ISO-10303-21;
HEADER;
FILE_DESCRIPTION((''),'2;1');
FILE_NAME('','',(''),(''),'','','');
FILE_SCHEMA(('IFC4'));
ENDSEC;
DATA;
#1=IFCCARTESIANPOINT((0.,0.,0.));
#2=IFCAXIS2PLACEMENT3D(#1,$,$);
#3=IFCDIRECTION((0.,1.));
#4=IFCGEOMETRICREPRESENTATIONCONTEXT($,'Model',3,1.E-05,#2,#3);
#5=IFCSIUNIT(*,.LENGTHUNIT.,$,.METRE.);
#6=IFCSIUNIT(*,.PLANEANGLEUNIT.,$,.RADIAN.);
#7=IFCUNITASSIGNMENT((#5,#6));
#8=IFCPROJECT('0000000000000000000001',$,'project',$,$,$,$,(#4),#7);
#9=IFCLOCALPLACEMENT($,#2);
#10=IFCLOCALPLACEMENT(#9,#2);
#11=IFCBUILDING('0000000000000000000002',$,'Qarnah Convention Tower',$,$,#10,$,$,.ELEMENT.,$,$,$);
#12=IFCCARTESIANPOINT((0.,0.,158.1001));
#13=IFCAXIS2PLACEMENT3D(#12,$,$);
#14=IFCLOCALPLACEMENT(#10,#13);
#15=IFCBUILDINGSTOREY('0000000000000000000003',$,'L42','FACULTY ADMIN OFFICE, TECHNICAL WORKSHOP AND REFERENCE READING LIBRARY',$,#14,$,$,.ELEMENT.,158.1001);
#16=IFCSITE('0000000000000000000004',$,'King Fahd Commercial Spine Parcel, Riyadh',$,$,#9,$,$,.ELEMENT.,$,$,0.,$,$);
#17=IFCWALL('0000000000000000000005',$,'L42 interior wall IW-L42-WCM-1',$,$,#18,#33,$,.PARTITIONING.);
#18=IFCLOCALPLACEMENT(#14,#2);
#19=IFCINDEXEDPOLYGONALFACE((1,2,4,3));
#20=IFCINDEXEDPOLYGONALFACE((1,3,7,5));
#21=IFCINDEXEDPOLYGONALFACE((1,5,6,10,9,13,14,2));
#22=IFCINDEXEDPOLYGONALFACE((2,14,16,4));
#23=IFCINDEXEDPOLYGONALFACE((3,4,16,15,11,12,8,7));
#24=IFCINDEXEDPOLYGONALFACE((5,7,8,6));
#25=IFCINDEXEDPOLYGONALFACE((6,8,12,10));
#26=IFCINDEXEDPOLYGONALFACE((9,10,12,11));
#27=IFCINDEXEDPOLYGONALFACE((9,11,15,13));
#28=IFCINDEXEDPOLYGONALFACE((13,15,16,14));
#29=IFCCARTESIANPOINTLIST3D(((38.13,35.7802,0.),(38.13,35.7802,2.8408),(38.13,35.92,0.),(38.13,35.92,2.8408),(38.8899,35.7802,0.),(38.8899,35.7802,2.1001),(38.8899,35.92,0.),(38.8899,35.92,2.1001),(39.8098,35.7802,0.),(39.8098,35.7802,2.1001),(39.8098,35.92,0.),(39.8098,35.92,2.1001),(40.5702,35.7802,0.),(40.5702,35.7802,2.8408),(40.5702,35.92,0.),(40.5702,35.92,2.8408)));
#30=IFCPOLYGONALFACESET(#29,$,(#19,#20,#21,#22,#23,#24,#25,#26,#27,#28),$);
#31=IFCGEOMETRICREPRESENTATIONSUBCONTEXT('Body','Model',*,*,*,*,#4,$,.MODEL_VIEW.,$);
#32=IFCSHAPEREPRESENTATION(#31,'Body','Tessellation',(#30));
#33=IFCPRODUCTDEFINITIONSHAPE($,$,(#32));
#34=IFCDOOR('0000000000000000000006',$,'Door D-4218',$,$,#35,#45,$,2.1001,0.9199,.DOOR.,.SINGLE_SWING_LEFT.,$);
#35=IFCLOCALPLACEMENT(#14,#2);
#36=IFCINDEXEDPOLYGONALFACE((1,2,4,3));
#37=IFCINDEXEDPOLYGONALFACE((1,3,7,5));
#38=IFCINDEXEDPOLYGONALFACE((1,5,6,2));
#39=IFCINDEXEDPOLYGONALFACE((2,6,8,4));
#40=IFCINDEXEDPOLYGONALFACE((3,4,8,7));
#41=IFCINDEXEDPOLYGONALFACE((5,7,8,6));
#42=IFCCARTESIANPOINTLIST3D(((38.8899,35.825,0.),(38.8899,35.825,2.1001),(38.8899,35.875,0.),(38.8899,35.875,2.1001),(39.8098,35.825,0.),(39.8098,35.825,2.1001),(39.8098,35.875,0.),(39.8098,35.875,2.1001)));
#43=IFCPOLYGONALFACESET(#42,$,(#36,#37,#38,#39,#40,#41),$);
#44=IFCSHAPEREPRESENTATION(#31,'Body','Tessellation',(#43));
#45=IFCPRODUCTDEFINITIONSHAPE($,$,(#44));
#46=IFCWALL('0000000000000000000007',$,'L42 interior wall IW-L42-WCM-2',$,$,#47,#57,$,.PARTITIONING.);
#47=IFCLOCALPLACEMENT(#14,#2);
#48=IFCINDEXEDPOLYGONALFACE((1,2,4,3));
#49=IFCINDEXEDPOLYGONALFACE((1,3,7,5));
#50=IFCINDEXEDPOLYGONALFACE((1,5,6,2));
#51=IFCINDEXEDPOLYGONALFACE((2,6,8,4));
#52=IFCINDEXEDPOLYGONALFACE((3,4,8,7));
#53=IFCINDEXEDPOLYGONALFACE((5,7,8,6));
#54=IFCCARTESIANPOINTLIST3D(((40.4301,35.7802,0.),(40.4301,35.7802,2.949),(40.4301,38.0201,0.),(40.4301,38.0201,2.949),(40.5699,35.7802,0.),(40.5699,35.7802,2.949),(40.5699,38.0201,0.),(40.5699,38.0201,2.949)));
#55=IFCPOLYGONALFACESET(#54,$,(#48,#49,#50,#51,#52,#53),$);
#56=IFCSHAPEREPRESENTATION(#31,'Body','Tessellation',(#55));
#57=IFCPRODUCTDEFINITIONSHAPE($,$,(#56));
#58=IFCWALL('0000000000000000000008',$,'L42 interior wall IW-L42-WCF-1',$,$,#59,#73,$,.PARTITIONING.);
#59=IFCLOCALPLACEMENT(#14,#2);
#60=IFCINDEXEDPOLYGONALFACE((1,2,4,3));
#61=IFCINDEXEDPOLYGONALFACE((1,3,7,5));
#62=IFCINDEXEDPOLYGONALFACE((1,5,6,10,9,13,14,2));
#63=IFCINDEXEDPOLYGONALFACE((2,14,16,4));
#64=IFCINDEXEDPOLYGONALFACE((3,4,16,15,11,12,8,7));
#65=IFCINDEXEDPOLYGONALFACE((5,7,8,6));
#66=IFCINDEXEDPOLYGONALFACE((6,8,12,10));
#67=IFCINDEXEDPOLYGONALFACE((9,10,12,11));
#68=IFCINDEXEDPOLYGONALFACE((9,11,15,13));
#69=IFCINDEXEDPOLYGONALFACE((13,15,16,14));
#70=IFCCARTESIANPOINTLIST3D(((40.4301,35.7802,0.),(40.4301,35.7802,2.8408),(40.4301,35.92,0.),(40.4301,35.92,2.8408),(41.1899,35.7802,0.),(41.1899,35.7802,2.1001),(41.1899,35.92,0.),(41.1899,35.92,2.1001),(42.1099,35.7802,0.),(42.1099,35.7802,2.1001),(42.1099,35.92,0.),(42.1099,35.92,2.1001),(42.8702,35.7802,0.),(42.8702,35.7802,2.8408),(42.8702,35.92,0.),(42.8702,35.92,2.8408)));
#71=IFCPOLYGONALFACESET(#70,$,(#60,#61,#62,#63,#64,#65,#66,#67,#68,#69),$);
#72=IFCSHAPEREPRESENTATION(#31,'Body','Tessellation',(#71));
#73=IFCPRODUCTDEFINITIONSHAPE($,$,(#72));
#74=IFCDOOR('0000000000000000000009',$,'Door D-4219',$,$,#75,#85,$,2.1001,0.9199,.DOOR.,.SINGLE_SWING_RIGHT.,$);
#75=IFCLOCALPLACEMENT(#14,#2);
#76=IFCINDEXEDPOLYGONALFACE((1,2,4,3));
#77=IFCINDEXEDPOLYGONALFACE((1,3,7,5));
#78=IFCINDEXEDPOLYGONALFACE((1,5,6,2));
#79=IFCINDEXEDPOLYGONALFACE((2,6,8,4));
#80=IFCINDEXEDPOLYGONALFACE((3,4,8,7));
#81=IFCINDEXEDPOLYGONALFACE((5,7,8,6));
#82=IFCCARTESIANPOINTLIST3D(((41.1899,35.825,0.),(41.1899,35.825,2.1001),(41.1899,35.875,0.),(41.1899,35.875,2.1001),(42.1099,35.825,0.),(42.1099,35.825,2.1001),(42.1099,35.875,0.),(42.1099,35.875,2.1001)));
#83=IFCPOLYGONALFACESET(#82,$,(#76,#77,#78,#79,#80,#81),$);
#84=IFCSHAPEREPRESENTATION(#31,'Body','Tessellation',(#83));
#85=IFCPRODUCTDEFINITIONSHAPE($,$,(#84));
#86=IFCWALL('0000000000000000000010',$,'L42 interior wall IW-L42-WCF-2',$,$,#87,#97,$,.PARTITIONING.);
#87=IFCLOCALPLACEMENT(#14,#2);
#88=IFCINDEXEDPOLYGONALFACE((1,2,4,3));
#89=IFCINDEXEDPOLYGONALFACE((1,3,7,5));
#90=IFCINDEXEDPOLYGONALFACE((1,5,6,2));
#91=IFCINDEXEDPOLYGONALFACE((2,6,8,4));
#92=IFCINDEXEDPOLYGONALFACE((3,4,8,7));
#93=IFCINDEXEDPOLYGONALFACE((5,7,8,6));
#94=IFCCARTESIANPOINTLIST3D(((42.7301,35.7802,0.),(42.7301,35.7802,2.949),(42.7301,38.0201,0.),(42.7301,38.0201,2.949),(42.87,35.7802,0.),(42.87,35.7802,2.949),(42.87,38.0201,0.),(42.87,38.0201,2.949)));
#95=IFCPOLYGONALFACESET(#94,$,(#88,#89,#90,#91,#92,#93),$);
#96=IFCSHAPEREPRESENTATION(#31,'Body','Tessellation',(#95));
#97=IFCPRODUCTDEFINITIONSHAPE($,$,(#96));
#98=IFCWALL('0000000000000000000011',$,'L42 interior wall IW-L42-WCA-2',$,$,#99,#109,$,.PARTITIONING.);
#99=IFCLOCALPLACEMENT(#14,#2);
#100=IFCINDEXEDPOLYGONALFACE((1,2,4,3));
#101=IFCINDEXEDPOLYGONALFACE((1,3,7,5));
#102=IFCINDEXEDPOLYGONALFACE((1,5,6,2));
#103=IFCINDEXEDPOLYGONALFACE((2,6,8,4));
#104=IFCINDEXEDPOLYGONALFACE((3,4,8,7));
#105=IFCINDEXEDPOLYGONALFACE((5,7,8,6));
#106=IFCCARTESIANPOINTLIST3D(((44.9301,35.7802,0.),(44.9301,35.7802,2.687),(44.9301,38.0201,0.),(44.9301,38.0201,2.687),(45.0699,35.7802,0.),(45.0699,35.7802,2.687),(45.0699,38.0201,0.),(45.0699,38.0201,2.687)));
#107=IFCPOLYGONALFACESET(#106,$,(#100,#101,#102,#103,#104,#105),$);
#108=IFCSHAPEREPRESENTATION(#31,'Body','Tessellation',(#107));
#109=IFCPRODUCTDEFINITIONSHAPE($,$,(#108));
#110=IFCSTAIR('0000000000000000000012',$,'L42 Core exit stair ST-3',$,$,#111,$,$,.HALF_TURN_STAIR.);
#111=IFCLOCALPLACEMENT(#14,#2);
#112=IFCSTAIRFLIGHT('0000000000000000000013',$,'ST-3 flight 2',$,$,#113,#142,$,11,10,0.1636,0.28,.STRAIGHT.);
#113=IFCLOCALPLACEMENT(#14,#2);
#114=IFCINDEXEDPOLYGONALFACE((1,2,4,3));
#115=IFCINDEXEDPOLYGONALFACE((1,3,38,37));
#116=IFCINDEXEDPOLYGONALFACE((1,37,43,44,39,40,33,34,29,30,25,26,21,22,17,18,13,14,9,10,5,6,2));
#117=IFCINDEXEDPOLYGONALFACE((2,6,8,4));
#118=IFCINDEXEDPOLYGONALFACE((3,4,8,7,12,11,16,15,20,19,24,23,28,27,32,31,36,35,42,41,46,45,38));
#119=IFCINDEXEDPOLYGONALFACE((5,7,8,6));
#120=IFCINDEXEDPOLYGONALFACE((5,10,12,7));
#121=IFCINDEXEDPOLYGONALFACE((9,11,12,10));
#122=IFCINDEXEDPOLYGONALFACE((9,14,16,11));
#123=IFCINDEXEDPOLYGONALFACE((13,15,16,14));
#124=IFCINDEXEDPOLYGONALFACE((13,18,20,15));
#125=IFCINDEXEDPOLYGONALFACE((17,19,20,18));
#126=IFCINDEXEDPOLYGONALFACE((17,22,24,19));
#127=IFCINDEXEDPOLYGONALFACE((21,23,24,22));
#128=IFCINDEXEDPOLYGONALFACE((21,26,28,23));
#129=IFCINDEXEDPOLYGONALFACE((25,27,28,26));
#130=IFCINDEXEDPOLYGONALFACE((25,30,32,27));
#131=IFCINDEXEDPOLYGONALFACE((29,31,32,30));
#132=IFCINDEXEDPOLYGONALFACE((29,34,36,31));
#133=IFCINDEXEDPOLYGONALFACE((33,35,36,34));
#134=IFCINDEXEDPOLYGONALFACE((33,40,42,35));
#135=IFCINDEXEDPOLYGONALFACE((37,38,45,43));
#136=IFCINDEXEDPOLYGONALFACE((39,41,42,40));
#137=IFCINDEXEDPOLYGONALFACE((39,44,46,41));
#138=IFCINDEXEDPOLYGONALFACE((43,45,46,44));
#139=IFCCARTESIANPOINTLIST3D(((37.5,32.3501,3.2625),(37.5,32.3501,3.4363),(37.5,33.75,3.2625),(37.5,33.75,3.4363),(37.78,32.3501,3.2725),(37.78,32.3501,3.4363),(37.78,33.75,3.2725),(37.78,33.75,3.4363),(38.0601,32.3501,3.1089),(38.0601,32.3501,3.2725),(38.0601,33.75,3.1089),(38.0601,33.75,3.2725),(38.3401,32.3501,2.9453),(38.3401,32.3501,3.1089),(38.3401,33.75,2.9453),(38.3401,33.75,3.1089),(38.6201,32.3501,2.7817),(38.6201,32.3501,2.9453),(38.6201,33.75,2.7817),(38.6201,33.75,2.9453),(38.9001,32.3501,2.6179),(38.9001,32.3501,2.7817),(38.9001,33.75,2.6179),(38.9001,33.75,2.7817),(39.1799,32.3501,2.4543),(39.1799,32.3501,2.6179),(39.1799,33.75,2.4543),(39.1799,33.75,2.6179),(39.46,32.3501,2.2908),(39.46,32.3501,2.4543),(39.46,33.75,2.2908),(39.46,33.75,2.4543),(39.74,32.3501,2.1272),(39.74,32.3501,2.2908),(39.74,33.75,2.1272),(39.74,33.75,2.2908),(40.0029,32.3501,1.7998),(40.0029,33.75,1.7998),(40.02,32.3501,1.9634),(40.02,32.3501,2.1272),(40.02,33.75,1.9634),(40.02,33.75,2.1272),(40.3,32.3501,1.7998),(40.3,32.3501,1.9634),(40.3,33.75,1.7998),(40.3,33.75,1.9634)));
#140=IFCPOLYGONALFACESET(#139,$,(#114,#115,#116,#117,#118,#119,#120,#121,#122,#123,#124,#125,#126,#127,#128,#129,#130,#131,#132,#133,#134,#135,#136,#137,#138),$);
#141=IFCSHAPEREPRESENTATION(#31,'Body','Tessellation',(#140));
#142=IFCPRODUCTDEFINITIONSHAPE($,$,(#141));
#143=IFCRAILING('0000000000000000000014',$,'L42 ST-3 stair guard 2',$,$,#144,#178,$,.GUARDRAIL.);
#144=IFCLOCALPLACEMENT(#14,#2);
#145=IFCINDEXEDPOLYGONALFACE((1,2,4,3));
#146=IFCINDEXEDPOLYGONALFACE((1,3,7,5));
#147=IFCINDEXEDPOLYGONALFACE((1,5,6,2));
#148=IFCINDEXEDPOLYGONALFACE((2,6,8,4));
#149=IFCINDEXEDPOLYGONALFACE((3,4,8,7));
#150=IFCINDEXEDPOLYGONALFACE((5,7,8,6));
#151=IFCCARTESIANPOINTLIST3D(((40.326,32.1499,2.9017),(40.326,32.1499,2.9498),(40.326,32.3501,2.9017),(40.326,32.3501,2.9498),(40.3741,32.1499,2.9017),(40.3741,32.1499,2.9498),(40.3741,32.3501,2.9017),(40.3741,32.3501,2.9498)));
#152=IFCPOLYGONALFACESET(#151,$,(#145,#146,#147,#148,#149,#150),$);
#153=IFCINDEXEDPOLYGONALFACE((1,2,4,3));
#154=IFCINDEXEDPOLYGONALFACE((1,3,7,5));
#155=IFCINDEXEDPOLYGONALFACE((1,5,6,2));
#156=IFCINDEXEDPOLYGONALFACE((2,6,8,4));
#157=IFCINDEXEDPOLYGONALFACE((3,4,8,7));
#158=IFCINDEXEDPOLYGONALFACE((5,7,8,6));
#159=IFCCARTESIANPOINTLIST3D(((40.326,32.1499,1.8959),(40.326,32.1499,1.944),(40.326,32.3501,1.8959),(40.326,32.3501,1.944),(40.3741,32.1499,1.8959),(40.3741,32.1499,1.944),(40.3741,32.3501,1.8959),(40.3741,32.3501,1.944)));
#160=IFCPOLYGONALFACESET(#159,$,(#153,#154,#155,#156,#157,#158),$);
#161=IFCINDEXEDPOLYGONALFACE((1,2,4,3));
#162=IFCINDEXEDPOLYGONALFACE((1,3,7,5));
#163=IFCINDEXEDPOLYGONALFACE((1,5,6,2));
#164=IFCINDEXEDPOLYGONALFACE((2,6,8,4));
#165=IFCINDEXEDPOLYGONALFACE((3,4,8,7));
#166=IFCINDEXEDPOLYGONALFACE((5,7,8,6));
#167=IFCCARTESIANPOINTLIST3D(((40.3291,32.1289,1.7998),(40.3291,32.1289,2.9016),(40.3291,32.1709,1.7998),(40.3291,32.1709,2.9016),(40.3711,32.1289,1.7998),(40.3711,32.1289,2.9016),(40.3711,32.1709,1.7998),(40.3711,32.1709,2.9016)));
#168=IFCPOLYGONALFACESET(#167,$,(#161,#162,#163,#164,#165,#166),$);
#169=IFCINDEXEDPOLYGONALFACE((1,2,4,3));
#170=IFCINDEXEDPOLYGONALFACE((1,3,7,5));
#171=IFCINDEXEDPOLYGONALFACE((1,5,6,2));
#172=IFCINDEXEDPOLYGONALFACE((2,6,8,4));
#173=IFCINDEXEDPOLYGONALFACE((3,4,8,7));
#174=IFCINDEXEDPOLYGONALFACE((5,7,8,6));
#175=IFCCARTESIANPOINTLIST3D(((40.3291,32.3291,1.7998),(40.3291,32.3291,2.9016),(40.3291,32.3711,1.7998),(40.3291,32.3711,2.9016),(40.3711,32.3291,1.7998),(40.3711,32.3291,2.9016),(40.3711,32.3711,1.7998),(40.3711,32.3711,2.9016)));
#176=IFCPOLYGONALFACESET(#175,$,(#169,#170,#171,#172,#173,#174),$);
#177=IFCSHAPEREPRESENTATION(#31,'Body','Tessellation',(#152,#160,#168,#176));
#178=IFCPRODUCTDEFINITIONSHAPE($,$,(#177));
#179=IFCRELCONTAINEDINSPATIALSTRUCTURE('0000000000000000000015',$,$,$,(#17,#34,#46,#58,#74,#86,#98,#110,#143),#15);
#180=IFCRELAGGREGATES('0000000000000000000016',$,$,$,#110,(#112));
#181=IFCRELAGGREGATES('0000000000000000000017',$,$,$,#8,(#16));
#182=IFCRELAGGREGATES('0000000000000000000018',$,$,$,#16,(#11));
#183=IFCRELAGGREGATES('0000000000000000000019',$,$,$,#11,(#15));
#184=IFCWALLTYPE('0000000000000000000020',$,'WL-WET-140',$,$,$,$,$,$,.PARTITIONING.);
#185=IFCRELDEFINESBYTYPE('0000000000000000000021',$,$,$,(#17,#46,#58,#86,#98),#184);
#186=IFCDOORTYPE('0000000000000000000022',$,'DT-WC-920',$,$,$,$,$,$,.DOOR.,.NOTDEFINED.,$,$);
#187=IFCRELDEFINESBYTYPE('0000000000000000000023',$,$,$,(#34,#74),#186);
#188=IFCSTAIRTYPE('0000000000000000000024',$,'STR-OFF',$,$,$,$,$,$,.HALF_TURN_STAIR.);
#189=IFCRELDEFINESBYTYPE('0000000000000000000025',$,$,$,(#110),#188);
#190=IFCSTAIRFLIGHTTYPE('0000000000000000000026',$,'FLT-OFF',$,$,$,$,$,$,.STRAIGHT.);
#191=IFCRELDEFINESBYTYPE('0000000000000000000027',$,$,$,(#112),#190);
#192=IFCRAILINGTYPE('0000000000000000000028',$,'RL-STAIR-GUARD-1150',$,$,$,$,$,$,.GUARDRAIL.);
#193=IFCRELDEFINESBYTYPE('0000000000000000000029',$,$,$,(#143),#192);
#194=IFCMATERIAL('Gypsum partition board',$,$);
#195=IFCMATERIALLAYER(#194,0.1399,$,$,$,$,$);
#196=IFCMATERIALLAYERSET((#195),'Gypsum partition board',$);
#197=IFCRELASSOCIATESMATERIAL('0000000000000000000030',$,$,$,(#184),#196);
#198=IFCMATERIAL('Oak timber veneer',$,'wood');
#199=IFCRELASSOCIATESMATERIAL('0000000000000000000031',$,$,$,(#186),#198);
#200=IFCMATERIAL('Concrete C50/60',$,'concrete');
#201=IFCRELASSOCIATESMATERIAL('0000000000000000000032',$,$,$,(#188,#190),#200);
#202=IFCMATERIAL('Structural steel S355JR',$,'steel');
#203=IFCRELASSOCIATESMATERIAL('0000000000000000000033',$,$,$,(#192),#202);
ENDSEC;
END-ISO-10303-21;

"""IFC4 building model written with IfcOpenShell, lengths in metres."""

from ifc_helpers import new_model, si_unit, direction, frame, frame_2d, origin, origin_2d, place, context, subcontext, project, spatial, polyline, rectangle, outline, extrude, material, layer, layer_set, type_object, element, fill, aggregate, save


model = new_model("IFC4")

# Units and contexts
model_context = context("Model", 3, precision=1e-05, world=origin(), true_north=direction((0.0, 1.0)))
body_context = subcontext(model_context, "Body", "Model", "MODEL_VIEW")
ifc_project = project(units=[si_unit("LENGTHUNIT", "METRE"), si_unit("PLANEANGLEUNIT", "RADIAN")], contexts=[model_context])

# Site, building, storey
site_placement = place(None, origin())
site = spatial("IfcSite", under=ifc_project, at=site_placement, Name="King Fahd Commercial Spine Parcel, Riyadh", CompositionType="ELEMENT", RefElevation=0.0)
building_placement = place(site_placement, origin())
building = spatial("IfcBuilding", under=site, at=building_placement, Name="Qarnah Convention Tower", CompositionType="ELEMENT")
storey_placement = place(building_placement, frame((0.0, 0.0, 158.1001)))
storey = spatial("IfcBuildingStorey", under=building, at=storey_placement, Name="L42", Description="FACULTY ADMIN OFFICE, TECHNICAL WORKSHOP AND REFERENCE READING LIBRARY", CompositionType="ELEMENT", Elevation=158.1001)

# Shared definitions
ifc_material_1 = material(Name="Structural steel S355JR", Category="steel")

# Shared definitions
ifc_material_2 = material(Name="Gypsum partition board")

# Wall, opening, door
ifc_material_3 = material(Name="Oak timber veneer", Category="wood")
ifc_layer_1 = layer(ifc_material_2, 0.1399)
ifc_layer_set_1 = layer_set([ifc_layer_1], Name="Gypsum partition board")
wall_type_1 = type_object("IfcWallType", Name="WL-WET-140", PredefinedType="PARTITIONING", material=ifc_layer_set_1)
wall_1_placement = place(storey_placement, frame((38.1299, 35.8501, 0.0), z_axis=(0.0, 0.0, 1.0), x_axis=(1.0, 0.0, 0.0)))
wall_1 = element("IfcWall", 1, at=wall_1_placement, inside=storey, type_object=wall_type_1, Name="L42 interior wall IW-L42-WCM-1", PredefinedType="PARTITIONING", context=body_context, shape_type="SweptSolid", body=[
    extrude(rectangle(XDim=2.4402, YDim=0.1399, at=frame_2d((1.2202, 0.0))), origin(), (0.0, 0.0, 1.0), 2.8408),
])
opening_1_placement = place(wall_1_placement, frame((0.76, 0.0, 0.0)))
opening_1 = element("IfcOpeningElement", 2, at=opening_1_placement, cuts=wall_1, PredefinedType="OPENING", context=body_context, shape_type="SweptSolid", body=[
    extrude(rectangle(XDim=0.9199, YDim=2.1001, at=frame_2d((0.46, 1.05))), frame((0.0, 0.0798, 0.0), z_axis=(0.0, -1.0, 0.0), x_axis=(1.0, 0.0, 0.0)), (0.0, 0.0, 1.0), 0.1599),
])
door_type_1 = type_object("IfcDoorType", Name="DT-WC-920", OperationType="NOTDEFINED", PredefinedType="DOOR", material=ifc_material_3)
door_1_placement = place(opening_1_placement, origin())
door_1 = element("IfcDoor", 3, at=door_1_placement, inside=storey, type_object=door_type_1, Name="Door D-4218", OperationType="SINGLE_SWING_LEFT", OverallHeight=2.1001, OverallWidth=0.9199, PredefinedType="DOOR", context=body_context, shape_type="SweptSolid", body=[
    extrude(rectangle(XDim=0.9199, YDim=2.1001, at=frame_2d((0.46, 1.05))), frame((0.0, 0.0249, 0.0), z_axis=(0.0, -1.0, 0.0), x_axis=(1.0, 0.0, 0.0)), (0.0, 0.0, 1.0), 0.05),
])
fill(opening_1, door_1)

# Wall
wall_2_placement = place(storey_placement, frame((40.5, 35.78, 0.0), z_axis=(0.0, 0.0, 1.0), x_axis=(0.0, 1.0, 0.0)))
element("IfcWall", 4, at=wall_2_placement, inside=storey, type_object=wall_type_1, Name="L42 interior wall IW-L42-WCM-2", PredefinedType="PARTITIONING", context=body_context, shape_type="SweptSolid", body=[
    extrude(rectangle(XDim=2.24, YDim=0.1399, at=frame_2d((1.1201, 0.0))), origin(), (0.0, 0.0, 1.0), 2.949),
])

# Wall, opening, door
wall_3_placement = place(storey_placement, frame((40.4299, 35.8501, 0.0), z_axis=(0.0, 0.0, 1.0), x_axis=(1.0, 0.0, 0.0)))
wall_3 = element("IfcWall", 5, at=wall_3_placement, inside=storey, type_object=wall_type_1, Name="L42 interior wall IW-L42-WCF-1", PredefinedType="PARTITIONING", context=body_context, shape_type="SweptSolid", body=[
    extrude(rectangle(XDim=2.4402, YDim=0.1399, at=frame_2d((1.2202, 0.0))), origin(), (0.0, 0.0, 1.0), 2.8408),
])
opening_2_placement = place(wall_3_placement, frame((0.76, 0.0, 0.0)))
opening_2 = element("IfcOpeningElement", 6, at=opening_2_placement, cuts=wall_3, PredefinedType="OPENING", context=body_context, shape_type="SweptSolid", body=[
    extrude(rectangle(XDim=0.9199, YDim=2.1001, at=frame_2d((0.46, 1.05))), frame((0.0, 0.0798, 0.0), z_axis=(0.0, -1.0, 0.0), x_axis=(1.0, 0.0, 0.0)), (0.0, 0.0, 1.0), 0.1599),
])
door_2_placement = place(opening_2_placement, origin())
door_2 = element("IfcDoor", 7, at=door_2_placement, inside=storey, type_object=door_type_1, Name="Door D-4219", OperationType="SINGLE_SWING_RIGHT", OverallHeight=2.1001, OverallWidth=0.9199, PredefinedType="DOOR", context=body_context, shape_type="SweptSolid", body=[
    extrude(rectangle(XDim=0.9199, YDim=2.1001, at=frame_2d((0.46, 1.05))), frame((0.0, 0.0249, 0.0), z_axis=(0.0, -1.0, 0.0), x_axis=(1.0, 0.0, 0.0)), (0.0, 0.0, 1.0), 0.05),
])
fill(opening_2, door_2)

# Walls
wall_4_placement = place(storey_placement, frame((42.8, 35.78, 0.0), z_axis=(0.0, 0.0, 1.0), x_axis=(0.0, 1.0, 0.0)))
element("IfcWall", 8, at=wall_4_placement, inside=storey, type_object=wall_type_1, Name="L42 interior wall IW-L42-WCF-2", PredefinedType="PARTITIONING", context=body_context, shape_type="SweptSolid", body=[
    extrude(rectangle(XDim=2.24, YDim=0.1399, at=frame_2d((1.1201, 0.0))), origin(), (0.0, 0.0, 1.0), 2.949),
])
wall_5_placement = place(storey_placement, frame((45.0, 35.78, 0.0), z_axis=(0.0, 0.0, 1.0), x_axis=(0.0, 1.0, 0.0)))
element("IfcWall", 9, at=wall_5_placement, inside=storey, type_object=wall_type_1, Name="L42 interior wall IW-L42-WCA-2", PredefinedType="PARTITIONING", context=body_context, shape_type="SweptSolid", body=[
    extrude(rectangle(XDim=2.24, YDim=0.1399, at=frame_2d((1.1201, 0.0))), origin(), (0.0, 0.0, 1.0), 2.687),
])

# Stair, stair flight
ifc_material_4 = material(Name="Concrete C50/60", Category="concrete")
stair_type = type_object("IfcStairType", Name="STR-OFF", PredefinedType="HALF_TURN_STAIR", material=ifc_material_4)
stair_placement = place(storey_placement, origin())
stair = element("IfcStair", 10, at=stair_placement, inside=storey, type_object=stair_type, Name="L42 Core exit stair ST-3", PredefinedType="HALF_TURN_STAIR")
stair_flight_type = type_object("IfcStairFlightType", Name="FLT-OFF", PredefinedType="STRAIGHT", material=ifc_material_4)
stair_flight_placement = place(storey_placement, frame((40.3, 33.05, 1.7998), z_axis=(0.0, 0.0, 1.0), x_axis=(-1.0, 0.0, 0.0)))
stair_flight = element("IfcStairFlight", 11, at=stair_flight_placement, type_object=stair_flight_type, Name="ST-3 flight 2", NumberOfRisers=11, NumberOfTreads=10, PredefinedType="STRAIGHT", RiserHeight=0.1636, TreadLength=0.28, context=body_context, shape_type="SweptSolid", body=[
    extrude(outline(polyline([(0.0, 0.0), (0.0, 0.1636), (0.28, 0.1636), (0.28, 0.3274), (0.5601, 0.3274), (0.5601, 0.491), (0.8401, 0.491), (0.8401, 0.6545), (1.1201, 0.6545), (1.1201, 0.8181), (1.3999, 0.8181), (1.3999, 0.9819), (1.6799, 0.9819), (1.6799, 1.1455), (1.96, 1.1455), (1.96, 1.3091), (2.24, 1.3091), (2.24, 1.4727), (2.52, 1.4727), (2.52, 1.6365), (2.8, 1.6365), (2.8, 1.8), (2.8, 1.4626), (0.2971, 0.0), (0.0, 0.0)])), frame((0.0, 0.7, 0.0), z_axis=(0.0, -1.0, 0.0), x_axis=(1.0, 0.0, 0.0)), (0.0, 0.0, 1.0), 1.3999),
])
aggregate(stair, [stair_flight])

# Railing
railing_type_1 = type_object("IfcRailingType", Name="RL-STAIR-GUARD-1150", PredefinedType="GUARDRAIL", material=ifc_material_1)
railing_1_placement = place(storey_placement, frame((40.3501, 32.1499, 1.7998)))
element("IfcRailing", 12, at=railing_1_placement, inside=storey, type_object=railing_type_1, Name="L42 ST-3 stair guard 2", PredefinedType="GUARDRAIL", context=body_context, shape_type="SweptSolid", body=[
    extrude(rectangle(XDim=0.0481, YDim=0.0481, at=origin_2d()), frame((0.0, 0.0, 1.126), z_axis=(0.0, 1.0, 0.0), x_axis=(-1.0, 0.0, 0.0)), (0.0, 0.0, 1.0), 0.2002),
    extrude(rectangle(XDim=0.0481, YDim=0.0481, at=origin_2d()), frame((0.0, 0.0, 0.1201), z_axis=(0.0, 1.0, 0.0), x_axis=(-1.0, 0.0, 0.0)), (0.0, 0.0, 1.0), 0.2002),
    extrude(rectangle(XDim=0.042, YDim=0.042, at=origin_2d()), origin(), (0.0, 0.0, 1.0), 1.1018),
    extrude(rectangle(XDim=0.042, YDim=0.042, at=origin_2d()), frame((0.0, 0.2002, 0.0)), (0.0, 0.0, 1.0), 1.1018),
])

save(model, "model.ifc")
